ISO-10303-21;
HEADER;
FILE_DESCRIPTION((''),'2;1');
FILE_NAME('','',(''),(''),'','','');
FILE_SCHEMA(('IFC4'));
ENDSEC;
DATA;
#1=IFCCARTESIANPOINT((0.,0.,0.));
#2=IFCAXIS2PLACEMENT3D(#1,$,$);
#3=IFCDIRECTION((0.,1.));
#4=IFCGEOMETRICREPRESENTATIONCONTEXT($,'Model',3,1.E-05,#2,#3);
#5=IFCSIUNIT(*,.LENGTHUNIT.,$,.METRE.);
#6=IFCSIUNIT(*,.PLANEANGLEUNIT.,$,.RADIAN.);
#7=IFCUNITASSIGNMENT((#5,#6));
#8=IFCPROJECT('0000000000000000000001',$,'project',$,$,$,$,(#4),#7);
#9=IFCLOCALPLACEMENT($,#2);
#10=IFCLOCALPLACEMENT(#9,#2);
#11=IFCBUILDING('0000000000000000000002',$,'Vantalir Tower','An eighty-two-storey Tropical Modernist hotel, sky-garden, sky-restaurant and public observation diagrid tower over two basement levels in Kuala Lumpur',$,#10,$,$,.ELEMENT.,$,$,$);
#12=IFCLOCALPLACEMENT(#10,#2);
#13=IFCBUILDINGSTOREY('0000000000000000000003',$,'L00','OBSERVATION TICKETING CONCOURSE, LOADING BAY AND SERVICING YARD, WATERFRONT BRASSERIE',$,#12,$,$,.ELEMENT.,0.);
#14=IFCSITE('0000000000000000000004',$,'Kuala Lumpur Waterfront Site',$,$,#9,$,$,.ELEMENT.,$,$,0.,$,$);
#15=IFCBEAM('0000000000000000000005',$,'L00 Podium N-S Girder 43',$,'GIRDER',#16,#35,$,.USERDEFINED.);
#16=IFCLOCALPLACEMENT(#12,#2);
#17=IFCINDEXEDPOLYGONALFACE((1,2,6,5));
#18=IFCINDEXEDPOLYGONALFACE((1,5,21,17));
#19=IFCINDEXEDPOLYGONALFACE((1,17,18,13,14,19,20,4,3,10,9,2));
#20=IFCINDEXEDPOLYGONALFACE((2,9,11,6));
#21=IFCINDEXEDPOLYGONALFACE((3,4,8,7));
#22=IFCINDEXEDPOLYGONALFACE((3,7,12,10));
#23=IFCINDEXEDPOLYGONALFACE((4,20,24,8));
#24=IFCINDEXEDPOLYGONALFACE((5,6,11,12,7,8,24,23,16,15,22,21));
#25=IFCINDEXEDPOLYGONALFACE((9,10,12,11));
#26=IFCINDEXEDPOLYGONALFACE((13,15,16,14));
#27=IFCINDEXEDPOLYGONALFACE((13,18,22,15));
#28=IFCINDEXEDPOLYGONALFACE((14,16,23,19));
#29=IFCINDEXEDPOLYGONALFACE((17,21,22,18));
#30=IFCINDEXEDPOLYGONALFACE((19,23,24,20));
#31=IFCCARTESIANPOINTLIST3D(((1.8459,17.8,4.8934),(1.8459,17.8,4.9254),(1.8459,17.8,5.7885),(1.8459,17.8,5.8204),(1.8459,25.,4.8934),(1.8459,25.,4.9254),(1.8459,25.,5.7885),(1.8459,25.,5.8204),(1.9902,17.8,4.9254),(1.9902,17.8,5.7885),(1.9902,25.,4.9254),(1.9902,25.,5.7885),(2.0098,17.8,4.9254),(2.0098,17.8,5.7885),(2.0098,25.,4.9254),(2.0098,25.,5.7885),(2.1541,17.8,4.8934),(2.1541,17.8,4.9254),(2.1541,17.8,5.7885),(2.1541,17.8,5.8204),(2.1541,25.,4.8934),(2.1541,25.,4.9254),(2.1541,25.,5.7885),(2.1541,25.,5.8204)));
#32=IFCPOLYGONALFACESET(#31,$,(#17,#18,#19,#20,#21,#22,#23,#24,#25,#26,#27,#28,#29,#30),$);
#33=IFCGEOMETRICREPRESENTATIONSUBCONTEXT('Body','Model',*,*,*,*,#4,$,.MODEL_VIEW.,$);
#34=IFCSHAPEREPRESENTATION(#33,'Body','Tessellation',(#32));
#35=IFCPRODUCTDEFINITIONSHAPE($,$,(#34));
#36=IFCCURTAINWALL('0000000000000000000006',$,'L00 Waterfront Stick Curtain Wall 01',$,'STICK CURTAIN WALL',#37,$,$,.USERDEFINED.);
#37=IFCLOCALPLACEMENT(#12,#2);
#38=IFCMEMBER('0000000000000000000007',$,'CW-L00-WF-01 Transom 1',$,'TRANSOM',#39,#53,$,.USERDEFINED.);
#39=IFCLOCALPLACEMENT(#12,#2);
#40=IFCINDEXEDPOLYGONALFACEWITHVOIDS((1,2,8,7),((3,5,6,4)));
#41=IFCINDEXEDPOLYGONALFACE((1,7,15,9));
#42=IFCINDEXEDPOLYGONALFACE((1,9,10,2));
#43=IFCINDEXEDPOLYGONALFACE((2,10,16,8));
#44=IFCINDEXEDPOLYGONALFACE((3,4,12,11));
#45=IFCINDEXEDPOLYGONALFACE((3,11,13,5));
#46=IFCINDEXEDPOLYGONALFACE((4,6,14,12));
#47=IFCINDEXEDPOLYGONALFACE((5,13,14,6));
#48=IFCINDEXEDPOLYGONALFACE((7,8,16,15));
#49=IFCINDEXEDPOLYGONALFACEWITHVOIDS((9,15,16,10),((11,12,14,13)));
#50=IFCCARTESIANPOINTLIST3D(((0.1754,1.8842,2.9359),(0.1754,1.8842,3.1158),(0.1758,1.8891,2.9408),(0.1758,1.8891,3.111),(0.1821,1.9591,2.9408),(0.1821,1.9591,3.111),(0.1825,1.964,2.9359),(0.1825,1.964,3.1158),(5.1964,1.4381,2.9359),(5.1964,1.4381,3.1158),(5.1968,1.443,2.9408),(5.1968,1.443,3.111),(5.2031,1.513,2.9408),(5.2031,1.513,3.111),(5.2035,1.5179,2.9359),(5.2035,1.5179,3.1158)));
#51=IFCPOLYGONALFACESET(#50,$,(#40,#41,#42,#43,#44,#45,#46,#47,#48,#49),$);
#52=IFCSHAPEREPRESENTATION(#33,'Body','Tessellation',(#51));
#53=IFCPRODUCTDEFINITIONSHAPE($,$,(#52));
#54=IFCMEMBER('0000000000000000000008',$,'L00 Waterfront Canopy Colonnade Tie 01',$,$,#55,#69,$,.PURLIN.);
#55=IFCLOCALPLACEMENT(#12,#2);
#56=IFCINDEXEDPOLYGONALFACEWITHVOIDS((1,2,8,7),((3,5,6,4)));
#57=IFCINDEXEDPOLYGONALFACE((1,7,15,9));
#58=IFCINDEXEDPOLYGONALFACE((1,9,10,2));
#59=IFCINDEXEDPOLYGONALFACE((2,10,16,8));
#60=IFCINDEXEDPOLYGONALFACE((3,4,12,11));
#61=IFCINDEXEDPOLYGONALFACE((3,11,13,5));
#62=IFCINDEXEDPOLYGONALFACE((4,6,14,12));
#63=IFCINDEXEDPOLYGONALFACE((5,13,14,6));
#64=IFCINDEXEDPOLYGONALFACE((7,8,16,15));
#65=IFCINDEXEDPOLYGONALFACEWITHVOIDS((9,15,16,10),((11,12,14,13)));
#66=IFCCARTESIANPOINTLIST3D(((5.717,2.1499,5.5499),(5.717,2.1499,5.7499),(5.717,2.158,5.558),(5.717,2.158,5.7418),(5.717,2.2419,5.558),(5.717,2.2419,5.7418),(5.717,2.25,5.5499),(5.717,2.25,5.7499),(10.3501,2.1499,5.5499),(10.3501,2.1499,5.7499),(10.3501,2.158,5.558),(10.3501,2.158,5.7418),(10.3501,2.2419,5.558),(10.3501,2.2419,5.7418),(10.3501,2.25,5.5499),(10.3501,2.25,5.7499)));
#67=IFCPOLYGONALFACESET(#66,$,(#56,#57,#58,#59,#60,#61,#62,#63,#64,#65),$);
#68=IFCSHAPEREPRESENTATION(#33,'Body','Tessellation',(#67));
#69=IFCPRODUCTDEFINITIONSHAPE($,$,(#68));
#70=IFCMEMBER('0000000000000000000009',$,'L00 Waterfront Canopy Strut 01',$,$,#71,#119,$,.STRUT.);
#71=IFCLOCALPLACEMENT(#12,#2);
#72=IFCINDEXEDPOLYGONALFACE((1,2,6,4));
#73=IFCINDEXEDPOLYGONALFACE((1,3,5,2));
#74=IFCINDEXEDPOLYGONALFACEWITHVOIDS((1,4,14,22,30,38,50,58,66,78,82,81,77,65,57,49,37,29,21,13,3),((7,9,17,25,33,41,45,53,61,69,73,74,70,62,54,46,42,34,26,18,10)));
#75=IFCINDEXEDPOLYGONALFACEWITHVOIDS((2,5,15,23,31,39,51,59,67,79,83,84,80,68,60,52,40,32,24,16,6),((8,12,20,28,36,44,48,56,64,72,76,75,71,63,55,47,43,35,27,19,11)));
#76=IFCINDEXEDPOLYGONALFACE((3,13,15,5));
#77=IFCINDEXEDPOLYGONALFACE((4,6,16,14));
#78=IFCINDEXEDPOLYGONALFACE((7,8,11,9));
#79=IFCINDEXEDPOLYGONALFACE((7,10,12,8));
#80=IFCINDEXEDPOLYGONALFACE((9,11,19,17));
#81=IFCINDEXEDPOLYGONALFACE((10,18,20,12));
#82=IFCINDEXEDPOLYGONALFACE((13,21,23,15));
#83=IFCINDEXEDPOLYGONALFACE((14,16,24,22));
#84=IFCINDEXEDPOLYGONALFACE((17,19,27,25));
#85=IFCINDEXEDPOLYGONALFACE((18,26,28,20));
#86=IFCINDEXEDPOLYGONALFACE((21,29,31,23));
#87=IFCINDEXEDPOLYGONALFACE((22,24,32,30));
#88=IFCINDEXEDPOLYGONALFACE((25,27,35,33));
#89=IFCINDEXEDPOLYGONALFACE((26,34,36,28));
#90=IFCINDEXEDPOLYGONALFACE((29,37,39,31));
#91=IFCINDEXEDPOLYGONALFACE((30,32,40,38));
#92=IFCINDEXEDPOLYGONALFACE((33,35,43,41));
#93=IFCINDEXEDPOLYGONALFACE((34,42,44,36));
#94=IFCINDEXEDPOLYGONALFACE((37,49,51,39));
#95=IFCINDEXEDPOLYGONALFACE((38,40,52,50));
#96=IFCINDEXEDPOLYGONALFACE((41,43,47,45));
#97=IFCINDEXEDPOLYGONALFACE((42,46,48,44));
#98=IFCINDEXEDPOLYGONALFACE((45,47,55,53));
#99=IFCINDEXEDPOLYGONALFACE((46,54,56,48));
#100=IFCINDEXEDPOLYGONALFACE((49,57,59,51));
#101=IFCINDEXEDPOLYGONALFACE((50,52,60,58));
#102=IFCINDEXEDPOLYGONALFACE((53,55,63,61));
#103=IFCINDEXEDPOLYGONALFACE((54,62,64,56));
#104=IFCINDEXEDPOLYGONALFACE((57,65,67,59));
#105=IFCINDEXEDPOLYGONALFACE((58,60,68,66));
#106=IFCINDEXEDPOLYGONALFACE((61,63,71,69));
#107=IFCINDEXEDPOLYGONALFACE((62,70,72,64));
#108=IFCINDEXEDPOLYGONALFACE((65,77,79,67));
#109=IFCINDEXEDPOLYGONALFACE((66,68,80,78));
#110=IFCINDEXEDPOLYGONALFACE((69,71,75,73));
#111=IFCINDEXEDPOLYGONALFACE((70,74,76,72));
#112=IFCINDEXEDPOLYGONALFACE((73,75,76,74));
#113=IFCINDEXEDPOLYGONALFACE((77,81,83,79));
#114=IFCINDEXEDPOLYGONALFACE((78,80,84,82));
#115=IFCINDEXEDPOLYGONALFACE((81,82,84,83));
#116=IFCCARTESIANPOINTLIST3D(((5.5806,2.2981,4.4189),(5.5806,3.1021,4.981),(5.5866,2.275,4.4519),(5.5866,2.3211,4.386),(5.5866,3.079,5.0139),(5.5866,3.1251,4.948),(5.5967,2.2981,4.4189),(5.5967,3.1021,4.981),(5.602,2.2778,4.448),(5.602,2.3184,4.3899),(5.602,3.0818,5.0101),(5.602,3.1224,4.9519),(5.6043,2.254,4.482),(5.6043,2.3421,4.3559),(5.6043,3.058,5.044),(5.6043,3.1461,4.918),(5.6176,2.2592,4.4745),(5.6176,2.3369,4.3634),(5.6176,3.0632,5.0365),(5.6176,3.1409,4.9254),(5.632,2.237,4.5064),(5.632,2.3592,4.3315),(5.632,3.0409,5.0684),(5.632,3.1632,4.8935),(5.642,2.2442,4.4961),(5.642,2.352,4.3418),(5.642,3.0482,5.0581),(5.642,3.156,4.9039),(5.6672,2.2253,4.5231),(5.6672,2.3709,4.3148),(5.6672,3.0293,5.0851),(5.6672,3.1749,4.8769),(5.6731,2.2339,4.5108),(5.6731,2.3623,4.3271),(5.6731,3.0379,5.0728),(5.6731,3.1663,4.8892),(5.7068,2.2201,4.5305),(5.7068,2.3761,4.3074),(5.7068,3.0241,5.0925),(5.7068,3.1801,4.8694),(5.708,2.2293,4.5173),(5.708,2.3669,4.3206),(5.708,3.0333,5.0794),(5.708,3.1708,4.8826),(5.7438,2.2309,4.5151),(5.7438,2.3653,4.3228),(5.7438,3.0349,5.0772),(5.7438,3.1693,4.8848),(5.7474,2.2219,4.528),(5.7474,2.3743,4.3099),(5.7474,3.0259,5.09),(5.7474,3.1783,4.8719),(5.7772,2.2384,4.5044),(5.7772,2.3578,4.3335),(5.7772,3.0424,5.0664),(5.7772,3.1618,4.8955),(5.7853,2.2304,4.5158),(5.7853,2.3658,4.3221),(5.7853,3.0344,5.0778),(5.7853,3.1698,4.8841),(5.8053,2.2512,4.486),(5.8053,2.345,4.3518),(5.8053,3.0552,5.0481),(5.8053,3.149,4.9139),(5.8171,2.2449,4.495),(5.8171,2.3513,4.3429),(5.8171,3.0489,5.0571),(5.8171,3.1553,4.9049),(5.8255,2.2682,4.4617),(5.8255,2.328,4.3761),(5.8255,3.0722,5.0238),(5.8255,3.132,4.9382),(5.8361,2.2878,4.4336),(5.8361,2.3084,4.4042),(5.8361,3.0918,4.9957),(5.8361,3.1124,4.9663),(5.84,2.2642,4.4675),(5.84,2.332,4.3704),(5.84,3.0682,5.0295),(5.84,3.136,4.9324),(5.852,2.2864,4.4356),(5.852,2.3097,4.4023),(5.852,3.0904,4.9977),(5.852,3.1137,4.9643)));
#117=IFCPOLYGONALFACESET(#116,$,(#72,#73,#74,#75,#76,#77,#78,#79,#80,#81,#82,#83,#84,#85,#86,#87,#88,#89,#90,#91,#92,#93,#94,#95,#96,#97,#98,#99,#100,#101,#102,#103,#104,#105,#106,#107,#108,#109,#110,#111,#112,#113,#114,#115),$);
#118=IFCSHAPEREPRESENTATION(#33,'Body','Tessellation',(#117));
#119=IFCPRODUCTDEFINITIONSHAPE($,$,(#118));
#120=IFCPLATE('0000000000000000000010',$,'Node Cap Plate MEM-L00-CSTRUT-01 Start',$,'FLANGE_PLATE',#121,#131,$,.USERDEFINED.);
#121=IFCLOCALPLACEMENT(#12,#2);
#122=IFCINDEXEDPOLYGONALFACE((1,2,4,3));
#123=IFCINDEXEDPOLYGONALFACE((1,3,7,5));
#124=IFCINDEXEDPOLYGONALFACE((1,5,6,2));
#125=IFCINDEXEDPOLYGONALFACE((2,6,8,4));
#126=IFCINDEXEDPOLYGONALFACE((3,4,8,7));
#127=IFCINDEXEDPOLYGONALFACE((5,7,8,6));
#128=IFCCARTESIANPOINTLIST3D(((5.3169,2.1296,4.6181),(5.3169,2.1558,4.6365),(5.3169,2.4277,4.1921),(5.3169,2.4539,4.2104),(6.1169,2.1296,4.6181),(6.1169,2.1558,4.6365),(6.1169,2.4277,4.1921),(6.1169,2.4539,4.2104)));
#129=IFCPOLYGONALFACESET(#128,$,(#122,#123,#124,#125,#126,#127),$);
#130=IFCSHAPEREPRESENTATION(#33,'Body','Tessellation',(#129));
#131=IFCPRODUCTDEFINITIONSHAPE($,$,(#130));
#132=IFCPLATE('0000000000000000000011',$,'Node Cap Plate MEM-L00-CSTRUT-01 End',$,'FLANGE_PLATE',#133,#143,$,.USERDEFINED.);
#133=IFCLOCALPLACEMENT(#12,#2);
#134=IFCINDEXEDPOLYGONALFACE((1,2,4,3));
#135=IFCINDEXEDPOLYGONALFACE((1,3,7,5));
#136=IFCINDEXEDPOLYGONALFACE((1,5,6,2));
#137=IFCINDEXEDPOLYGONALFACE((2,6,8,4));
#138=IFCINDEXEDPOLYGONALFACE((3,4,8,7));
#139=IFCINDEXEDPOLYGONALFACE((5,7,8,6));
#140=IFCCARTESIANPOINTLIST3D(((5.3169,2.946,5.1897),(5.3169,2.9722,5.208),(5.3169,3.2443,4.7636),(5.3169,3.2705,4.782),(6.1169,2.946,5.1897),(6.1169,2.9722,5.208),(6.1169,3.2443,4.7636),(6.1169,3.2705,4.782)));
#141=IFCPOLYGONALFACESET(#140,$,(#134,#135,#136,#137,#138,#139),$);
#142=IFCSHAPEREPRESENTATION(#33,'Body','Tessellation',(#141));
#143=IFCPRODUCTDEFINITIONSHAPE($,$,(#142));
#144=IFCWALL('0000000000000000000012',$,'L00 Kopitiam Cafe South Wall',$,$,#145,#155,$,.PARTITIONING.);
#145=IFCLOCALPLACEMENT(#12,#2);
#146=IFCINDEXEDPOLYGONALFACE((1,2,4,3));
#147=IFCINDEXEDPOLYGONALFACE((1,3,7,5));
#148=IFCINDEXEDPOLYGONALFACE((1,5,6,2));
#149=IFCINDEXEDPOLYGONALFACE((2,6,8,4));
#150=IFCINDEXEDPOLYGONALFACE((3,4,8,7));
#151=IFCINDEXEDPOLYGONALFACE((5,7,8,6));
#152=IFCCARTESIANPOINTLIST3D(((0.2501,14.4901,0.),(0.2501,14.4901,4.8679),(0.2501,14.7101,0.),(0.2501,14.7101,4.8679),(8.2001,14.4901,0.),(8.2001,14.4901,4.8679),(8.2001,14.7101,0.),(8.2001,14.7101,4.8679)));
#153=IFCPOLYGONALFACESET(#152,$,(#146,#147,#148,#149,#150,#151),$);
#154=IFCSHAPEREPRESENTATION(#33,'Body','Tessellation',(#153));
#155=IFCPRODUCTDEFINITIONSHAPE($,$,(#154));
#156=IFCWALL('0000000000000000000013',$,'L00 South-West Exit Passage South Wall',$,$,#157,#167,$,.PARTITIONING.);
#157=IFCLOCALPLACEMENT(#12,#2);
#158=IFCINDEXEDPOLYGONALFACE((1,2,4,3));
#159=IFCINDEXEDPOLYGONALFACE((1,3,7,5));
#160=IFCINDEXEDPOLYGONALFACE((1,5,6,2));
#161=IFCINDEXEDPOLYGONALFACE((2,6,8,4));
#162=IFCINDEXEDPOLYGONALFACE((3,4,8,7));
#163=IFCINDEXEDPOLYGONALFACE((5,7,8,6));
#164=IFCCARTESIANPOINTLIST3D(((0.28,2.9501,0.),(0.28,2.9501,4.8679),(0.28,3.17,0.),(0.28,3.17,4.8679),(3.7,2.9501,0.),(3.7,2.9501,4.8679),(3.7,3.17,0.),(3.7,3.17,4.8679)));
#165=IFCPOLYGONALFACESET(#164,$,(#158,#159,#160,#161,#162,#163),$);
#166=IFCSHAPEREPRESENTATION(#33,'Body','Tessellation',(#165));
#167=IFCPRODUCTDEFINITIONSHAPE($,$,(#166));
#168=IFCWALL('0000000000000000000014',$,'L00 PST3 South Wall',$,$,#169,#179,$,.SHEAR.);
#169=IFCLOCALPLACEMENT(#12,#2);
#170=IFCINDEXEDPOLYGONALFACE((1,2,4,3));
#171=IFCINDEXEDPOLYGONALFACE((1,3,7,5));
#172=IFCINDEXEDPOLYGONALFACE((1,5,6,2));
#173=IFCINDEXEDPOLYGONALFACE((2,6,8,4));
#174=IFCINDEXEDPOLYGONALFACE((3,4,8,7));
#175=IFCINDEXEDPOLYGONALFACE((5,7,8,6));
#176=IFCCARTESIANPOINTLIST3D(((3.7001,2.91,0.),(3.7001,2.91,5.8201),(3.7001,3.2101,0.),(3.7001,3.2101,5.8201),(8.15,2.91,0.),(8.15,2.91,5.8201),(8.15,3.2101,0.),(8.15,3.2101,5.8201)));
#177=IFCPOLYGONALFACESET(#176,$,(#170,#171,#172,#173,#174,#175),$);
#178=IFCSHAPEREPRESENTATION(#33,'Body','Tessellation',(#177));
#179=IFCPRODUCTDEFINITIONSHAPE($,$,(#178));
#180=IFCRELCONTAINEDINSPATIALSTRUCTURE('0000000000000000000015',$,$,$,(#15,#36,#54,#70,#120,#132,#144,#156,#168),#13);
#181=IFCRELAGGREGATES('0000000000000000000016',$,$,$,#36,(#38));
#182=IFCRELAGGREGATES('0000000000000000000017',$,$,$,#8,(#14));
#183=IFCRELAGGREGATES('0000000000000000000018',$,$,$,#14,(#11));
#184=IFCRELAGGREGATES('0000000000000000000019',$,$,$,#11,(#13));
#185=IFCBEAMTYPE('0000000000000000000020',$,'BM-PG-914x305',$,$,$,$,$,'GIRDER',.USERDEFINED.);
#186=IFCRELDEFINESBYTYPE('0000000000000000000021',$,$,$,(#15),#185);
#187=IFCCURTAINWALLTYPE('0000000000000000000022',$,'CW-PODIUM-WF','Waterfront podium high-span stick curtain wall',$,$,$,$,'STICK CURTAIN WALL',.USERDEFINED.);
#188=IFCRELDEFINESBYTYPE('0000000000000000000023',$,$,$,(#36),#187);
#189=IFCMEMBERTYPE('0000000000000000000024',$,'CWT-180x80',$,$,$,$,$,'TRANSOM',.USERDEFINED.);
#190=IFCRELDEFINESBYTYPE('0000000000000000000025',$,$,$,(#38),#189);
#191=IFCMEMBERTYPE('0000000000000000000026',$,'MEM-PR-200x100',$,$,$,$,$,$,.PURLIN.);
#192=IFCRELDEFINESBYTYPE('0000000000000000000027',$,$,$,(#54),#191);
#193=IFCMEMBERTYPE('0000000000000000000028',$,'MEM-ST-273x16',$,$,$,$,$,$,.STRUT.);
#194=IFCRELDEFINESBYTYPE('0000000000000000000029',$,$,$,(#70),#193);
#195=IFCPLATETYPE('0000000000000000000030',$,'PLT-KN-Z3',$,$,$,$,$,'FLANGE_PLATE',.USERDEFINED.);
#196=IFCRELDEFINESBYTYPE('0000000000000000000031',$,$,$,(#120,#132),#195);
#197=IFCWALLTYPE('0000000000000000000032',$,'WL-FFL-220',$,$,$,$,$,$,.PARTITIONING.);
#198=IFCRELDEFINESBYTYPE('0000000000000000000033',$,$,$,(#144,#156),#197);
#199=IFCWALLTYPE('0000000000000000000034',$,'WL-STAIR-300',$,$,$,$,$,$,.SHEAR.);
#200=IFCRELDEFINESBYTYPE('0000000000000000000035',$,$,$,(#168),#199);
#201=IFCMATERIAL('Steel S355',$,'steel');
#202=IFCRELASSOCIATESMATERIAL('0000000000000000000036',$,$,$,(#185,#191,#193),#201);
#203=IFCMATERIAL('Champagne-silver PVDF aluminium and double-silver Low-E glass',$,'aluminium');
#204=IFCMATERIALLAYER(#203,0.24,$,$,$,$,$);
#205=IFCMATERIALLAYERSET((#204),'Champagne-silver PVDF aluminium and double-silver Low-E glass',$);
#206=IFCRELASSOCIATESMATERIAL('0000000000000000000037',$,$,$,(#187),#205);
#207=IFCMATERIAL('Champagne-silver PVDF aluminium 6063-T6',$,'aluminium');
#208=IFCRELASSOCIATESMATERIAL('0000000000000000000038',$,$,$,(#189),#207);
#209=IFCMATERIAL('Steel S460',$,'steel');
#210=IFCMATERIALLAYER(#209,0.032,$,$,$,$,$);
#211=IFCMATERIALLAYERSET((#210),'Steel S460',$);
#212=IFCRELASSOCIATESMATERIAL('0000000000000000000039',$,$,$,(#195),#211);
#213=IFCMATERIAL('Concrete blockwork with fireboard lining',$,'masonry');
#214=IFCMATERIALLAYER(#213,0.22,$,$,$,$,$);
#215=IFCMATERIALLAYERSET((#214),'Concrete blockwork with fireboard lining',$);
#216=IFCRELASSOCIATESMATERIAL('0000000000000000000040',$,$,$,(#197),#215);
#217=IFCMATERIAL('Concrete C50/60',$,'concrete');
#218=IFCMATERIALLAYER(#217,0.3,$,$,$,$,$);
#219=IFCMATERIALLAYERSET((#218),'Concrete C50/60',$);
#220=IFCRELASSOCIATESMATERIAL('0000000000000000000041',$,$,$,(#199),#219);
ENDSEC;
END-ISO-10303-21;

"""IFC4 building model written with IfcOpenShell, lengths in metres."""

from ifc_helpers import new_model, si_unit, direction, frame, frame_2d, origin, origin_2d, place, context, subcontext, project, spatial, polyline, rectangle, hollow_rectangle, hollow_circle, i_section, outline, extrude, material, layer, layer_set, material_profile, profile_set, type_object, element, aggregate, save


model = new_model("IFC4")

# Units and contexts
model_context = context("Model", 3, precision=1e-05, world=origin(), true_north=direction((0.0, 1.0)))
body_context = subcontext(model_context, "Body", "Model", "MODEL_VIEW")
ifc_project = project(units=[si_unit("LENGTHUNIT", "METRE"), si_unit("PLANEANGLEUNIT", "RADIAN")], contexts=[model_context])

# Site, building, storey
site_placement = place(None, origin())
site = spatial("IfcSite", under=ifc_project, at=site_placement, Name="Kuala Lumpur Waterfront Site", CompositionType="ELEMENT", RefElevation=0.0)
building_placement = place(site_placement, origin())
building = spatial("IfcBuilding", under=site, at=building_placement, Name="Vantalir Tower", Description="An eighty-two-storey Tropical Modernist hotel, sky-garden, sky-restaurant and public observation diagrid tower over two basement levels in Kuala Lumpur", CompositionType="ELEMENT")
storey_placement = place(building_placement, origin())
storey = spatial("IfcBuildingStorey", under=building, at=storey_placement, Name="L00", Description="OBSERVATION TICKETING CONCOURSE, LOADING BAY AND SERVICING YARD, WATERFRONT BRASSERIE", CompositionType="ELEMENT", Elevation=0.0)

# Shared definitions
ifc_material_1 = material(Name="Concrete C50/60", Category="concrete")

# Beam
ifc_material_2 = material(Name="Steel S355", Category="steel")
ifc_material_profile_1 = material_profile(ifc_material_2, i_section(OverallWidth=0.3081, OverallDepth=0.927, WebThickness=0.0195, FlangeThickness=0.032, at=origin_2d()), Name="Steel S355")
ifc_profile_set_1 = profile_set([ifc_material_profile_1], Name="Steel S355")
beam_type_1 = type_object("IfcBeamType", Name="BM-PG-914x305", ElementType="GIRDER", PredefinedType="USERDEFINED", material=ifc_profile_set_1)
beam_1_placement = place(storey_placement, frame((2.0, 17.8, 5.3569), z_axis=(0.0, 1.0, 0.0), x_axis=(-1.0, 0.0, 0.0)))
element("IfcBeam", 1, at=beam_1_placement, inside=storey, type_object=beam_type_1, Name="L00 Podium N-S Girder 43", ObjectType="GIRDER", PredefinedType="USERDEFINED", context=body_context, shape_type="SweptSolid", body=[
    extrude(i_section(OverallWidth=0.3081, OverallDepth=0.927, WebThickness=0.0195, FlangeThickness=0.032, at=origin_2d()), origin(), (0.0, 0.0, 1.0), 7.2),
])

# Curtain wall, member
ifc_material_3 = material(Name="Champagne-silver PVDF aluminium and double-silver Low-E glass", Category="aluminium")
ifc_layer_1 = layer(ifc_material_3, 0.24)
ifc_layer_set_1 = layer_set([ifc_layer_1], Name="Champagne-silver PVDF aluminium and double-silver Low-E glass")
curtain_wall_type = type_object("IfcCurtainWallType", Name="CW-PODIUM-WF", Description="Waterfront podium high-span stick curtain wall", ElementType="STICK CURTAIN WALL", PredefinedType="USERDEFINED", material=ifc_layer_set_1)
curtain_wall_placement = place(storey_placement, origin())
curtain_wall = element("IfcCurtainWall", 2, at=curtain_wall_placement, inside=storey, type_object=curtain_wall_type, Name="L00 Waterfront Stick Curtain Wall 01", ObjectType="STICK CURTAIN WALL", PredefinedType="USERDEFINED")
ifc_material_4 = material(Name="Champagne-silver PVDF aluminium 6063-T6", Category="aluminium")
ifc_material_profile_2 = material_profile(ifc_material_4, hollow_rectangle(XDim=0.0801, YDim=0.1799, WallThickness=0.0049, at=origin_2d()), Name="Champagne-silver PVDF aluminium 6063-T6")
ifc_profile_set_2 = profile_set([ifc_material_profile_2], Name="Champagne-silver PVDF aluminium 6063-T6")
member_type_1 = type_object("IfcMemberType", Name="CWT-180x80", ElementType="TRANSOM", PredefinedType="USERDEFINED", material=ifc_profile_set_2)
member_1_placement = place(storey_placement, frame((0.179, 1.9241, 3.0259), z_axis=(0.996077, -0.088487, 0.0), x_axis=(0.088487, 0.996077, 0.0)))
member_1 = element("IfcMember", 3, at=member_1_placement, type_object=member_type_1, Name="CW-L00-WF-01 Transom 1", ObjectType="TRANSOM", PredefinedType="USERDEFINED", context=body_context, shape_type="SweptSolid", body=[
    extrude(hollow_rectangle(XDim=0.0801, YDim=0.1799, WallThickness=0.0049, at=origin_2d()), origin(), (0.0, 0.0, 1.0), 5.0408),
])
aggregate(curtain_wall, [member_1])

# Members
ifc_material_profile_3 = material_profile(ifc_material_2, hollow_rectangle(XDim=0.1001, YDim=0.2, WallThickness=0.0081, at=origin_2d()), Name="Steel S355")
ifc_profile_set_3 = profile_set([ifc_material_profile_3], Name="Steel S355")
member_type_2 = type_object("IfcMemberType", Name="MEM-PR-200x100", PredefinedType="PURLIN", material=ifc_profile_set_3)
member_2_placement = place(storey_placement, frame((5.717, 2.2, 5.6499), z_axis=(1.0, 0.0, 0.0), x_axis=(0.0, 1.0, 0.0)))
element("IfcMember", 4, at=member_2_placement, inside=storey, type_object=member_type_2, Name="L00 Waterfront Canopy Colonnade Tie 01", PredefinedType="PURLIN", context=body_context, shape_type="SweptSolid", body=[
    extrude(hollow_rectangle(XDim=0.1001, YDim=0.2, WallThickness=0.0081, at=origin_2d()), origin(), (0.0, 0.0, 1.0), 4.6331),
])
ifc_material_profile_4 = material_profile(ifc_material_2, hollow_circle(Radius=0.1365, WallThickness=0.0161, at=origin_2d()), Name="Steel S355")
ifc_profile_set_4 = profile_set([ifc_material_profile_4], Name="Steel S355")
member_type_3 = type_object("IfcMemberType", Name="MEM-ST-273x16", PredefinedType="STRUT", material=ifc_profile_set_4)
member_3_placement = place(storey_placement, frame((5.717, 2.2981, 4.4189), z_axis=(0.0, 0.819594, 0.572944), x_axis=(-1.0, 0.0, 0.0)))
element("IfcMember", 5, at=member_3_placement, inside=storey, type_object=member_type_3, Name="L00 Waterfront Canopy Strut 01", PredefinedType="STRUT", context=body_context, shape_type="SweptSolid", body=[
    extrude(hollow_circle(Radius=0.1365, WallThickness=0.0161, at=origin_2d()), origin(), (0.0, 0.0, 1.0), 0.981),
])

# Plates
ifc_material_5 = material(Name="Steel S460", Category="steel")
ifc_layer_2 = layer(ifc_material_5, 0.032)
ifc_layer_set_2 = layer_set([ifc_layer_2], Name="Steel S460")
plate_type = type_object("IfcPlateType", Name="PLT-KN-Z3", ElementType="FLANGE_PLATE", PredefinedType="USERDEFINED", material=ifc_layer_set_2)
plate_1_placement = place(storey_placement, frame((6.1169, 2.4539, 4.2104), z_axis=(0.0, 0.819342, 0.573305), x_axis=(-1.0, 0.0, 0.0)))
element("IfcPlate", 6, at=plate_1_placement, inside=storey, type_object=plate_type, Name="Node Cap Plate MEM-L00-CSTRUT-01 Start", ObjectType="FLANGE_PLATE", PredefinedType="USERDEFINED", context=body_context, shape_type="SweptSolid", body=[
    extrude(outline(polyline([(0.0, 0.0), (0.8, 0.0), (0.8, 0.52), (0.0, 0.52), (0.0, 0.0)])), origin(), (0.0, 0.0, -1.0), 0.032),
])
plate_2_placement = place(storey_placement, frame((6.1169, 3.2705, 4.782), z_axis=(0.0, 0.819122, 0.57362), x_axis=(-1.0, 0.0, 0.0)))
element("IfcPlate", 7, at=plate_2_placement, inside=storey, type_object=plate_type, Name="Node Cap Plate MEM-L00-CSTRUT-01 End", ObjectType="FLANGE_PLATE", PredefinedType="USERDEFINED", context=body_context, shape_type="SweptSolid", body=[
    extrude(outline(polyline([(0.0, 0.0), (0.8, 0.0), (0.8, 0.5201), (0.0, 0.5201), (0.0, 0.0)])), origin(), (0.0, 0.0, -1.0), 0.032),
])

# Walls
ifc_material_6 = material(Name="Concrete blockwork with fireboard lining", Category="masonry")
ifc_layer_3 = layer(ifc_material_6, 0.22)
ifc_layer_set_3 = layer_set([ifc_layer_3], Name="Concrete blockwork with fireboard lining")
wall_type_1 = type_object("IfcWallType", Name="WL-FFL-220", PredefinedType="PARTITIONING", material=ifc_layer_set_3)
wall_1_placement = place(storey_placement, frame((0.25, 14.6001, 0.0), z_axis=(0.0, 0.0, 1.0), x_axis=(1.0, 0.0, 0.0)))
element("IfcWall", 8, at=wall_1_placement, inside=storey, type_object=wall_type_1, Name="L00 Kopitiam Cafe South Wall", PredefinedType="PARTITIONING", context=body_context, shape_type="SweptSolid", body=[
    extrude(rectangle(XDim=7.95, YDim=0.22, at=frame_2d((3.9751, 0.0))), origin(), (0.0, 0.0, 1.0), 4.8679),
])
wall_2_placement = place(storey_placement, frame((0.28, 3.0601, 0.0), z_axis=(0.0, 0.0, 1.0), x_axis=(1.0, 0.0, 0.0)))
element("IfcWall", 9, at=wall_2_placement, inside=storey, type_object=wall_type_1, Name="L00 South-West Exit Passage South Wall", PredefinedType="PARTITIONING", context=body_context, shape_type="SweptSolid", body=[
    extrude(rectangle(XDim=3.4199, YDim=0.22, at=frame_2d((1.71, 0.0))), origin(), (0.0, 0.0, 1.0), 4.8679),
])
ifc_layer_4 = layer(ifc_material_1, 0.3)
ifc_layer_set_4 = layer_set([ifc_layer_4], Name="Concrete C50/60")
wall_type_2 = type_object("IfcWallType", Name="WL-STAIR-300", PredefinedType="SHEAR", material=ifc_layer_set_4)
for number, where, z_axis, x_axis, name in (
    (10, (3.7, 3.0601, 0.0), (0.0, 0.0, 1.0), (1.0, 0.0, 0.0), "L00 PST3 South Wall"),
):
    element("IfcWall", number, at=place(storey_placement, frame(where, z_axis=z_axis, x_axis=x_axis)), inside=storey, type_object=wall_type_2, Name=name, PredefinedType="SHEAR", context=body_context, shape_type="SweptSolid", body=[
        extrude(rectangle(XDim=4.45, YDim=0.3, at=frame_2d((2.2251, 0.0))), origin(), (0.0, 0.0, 1.0), 5.8201),
    ])

save(model, "model.ifc")
